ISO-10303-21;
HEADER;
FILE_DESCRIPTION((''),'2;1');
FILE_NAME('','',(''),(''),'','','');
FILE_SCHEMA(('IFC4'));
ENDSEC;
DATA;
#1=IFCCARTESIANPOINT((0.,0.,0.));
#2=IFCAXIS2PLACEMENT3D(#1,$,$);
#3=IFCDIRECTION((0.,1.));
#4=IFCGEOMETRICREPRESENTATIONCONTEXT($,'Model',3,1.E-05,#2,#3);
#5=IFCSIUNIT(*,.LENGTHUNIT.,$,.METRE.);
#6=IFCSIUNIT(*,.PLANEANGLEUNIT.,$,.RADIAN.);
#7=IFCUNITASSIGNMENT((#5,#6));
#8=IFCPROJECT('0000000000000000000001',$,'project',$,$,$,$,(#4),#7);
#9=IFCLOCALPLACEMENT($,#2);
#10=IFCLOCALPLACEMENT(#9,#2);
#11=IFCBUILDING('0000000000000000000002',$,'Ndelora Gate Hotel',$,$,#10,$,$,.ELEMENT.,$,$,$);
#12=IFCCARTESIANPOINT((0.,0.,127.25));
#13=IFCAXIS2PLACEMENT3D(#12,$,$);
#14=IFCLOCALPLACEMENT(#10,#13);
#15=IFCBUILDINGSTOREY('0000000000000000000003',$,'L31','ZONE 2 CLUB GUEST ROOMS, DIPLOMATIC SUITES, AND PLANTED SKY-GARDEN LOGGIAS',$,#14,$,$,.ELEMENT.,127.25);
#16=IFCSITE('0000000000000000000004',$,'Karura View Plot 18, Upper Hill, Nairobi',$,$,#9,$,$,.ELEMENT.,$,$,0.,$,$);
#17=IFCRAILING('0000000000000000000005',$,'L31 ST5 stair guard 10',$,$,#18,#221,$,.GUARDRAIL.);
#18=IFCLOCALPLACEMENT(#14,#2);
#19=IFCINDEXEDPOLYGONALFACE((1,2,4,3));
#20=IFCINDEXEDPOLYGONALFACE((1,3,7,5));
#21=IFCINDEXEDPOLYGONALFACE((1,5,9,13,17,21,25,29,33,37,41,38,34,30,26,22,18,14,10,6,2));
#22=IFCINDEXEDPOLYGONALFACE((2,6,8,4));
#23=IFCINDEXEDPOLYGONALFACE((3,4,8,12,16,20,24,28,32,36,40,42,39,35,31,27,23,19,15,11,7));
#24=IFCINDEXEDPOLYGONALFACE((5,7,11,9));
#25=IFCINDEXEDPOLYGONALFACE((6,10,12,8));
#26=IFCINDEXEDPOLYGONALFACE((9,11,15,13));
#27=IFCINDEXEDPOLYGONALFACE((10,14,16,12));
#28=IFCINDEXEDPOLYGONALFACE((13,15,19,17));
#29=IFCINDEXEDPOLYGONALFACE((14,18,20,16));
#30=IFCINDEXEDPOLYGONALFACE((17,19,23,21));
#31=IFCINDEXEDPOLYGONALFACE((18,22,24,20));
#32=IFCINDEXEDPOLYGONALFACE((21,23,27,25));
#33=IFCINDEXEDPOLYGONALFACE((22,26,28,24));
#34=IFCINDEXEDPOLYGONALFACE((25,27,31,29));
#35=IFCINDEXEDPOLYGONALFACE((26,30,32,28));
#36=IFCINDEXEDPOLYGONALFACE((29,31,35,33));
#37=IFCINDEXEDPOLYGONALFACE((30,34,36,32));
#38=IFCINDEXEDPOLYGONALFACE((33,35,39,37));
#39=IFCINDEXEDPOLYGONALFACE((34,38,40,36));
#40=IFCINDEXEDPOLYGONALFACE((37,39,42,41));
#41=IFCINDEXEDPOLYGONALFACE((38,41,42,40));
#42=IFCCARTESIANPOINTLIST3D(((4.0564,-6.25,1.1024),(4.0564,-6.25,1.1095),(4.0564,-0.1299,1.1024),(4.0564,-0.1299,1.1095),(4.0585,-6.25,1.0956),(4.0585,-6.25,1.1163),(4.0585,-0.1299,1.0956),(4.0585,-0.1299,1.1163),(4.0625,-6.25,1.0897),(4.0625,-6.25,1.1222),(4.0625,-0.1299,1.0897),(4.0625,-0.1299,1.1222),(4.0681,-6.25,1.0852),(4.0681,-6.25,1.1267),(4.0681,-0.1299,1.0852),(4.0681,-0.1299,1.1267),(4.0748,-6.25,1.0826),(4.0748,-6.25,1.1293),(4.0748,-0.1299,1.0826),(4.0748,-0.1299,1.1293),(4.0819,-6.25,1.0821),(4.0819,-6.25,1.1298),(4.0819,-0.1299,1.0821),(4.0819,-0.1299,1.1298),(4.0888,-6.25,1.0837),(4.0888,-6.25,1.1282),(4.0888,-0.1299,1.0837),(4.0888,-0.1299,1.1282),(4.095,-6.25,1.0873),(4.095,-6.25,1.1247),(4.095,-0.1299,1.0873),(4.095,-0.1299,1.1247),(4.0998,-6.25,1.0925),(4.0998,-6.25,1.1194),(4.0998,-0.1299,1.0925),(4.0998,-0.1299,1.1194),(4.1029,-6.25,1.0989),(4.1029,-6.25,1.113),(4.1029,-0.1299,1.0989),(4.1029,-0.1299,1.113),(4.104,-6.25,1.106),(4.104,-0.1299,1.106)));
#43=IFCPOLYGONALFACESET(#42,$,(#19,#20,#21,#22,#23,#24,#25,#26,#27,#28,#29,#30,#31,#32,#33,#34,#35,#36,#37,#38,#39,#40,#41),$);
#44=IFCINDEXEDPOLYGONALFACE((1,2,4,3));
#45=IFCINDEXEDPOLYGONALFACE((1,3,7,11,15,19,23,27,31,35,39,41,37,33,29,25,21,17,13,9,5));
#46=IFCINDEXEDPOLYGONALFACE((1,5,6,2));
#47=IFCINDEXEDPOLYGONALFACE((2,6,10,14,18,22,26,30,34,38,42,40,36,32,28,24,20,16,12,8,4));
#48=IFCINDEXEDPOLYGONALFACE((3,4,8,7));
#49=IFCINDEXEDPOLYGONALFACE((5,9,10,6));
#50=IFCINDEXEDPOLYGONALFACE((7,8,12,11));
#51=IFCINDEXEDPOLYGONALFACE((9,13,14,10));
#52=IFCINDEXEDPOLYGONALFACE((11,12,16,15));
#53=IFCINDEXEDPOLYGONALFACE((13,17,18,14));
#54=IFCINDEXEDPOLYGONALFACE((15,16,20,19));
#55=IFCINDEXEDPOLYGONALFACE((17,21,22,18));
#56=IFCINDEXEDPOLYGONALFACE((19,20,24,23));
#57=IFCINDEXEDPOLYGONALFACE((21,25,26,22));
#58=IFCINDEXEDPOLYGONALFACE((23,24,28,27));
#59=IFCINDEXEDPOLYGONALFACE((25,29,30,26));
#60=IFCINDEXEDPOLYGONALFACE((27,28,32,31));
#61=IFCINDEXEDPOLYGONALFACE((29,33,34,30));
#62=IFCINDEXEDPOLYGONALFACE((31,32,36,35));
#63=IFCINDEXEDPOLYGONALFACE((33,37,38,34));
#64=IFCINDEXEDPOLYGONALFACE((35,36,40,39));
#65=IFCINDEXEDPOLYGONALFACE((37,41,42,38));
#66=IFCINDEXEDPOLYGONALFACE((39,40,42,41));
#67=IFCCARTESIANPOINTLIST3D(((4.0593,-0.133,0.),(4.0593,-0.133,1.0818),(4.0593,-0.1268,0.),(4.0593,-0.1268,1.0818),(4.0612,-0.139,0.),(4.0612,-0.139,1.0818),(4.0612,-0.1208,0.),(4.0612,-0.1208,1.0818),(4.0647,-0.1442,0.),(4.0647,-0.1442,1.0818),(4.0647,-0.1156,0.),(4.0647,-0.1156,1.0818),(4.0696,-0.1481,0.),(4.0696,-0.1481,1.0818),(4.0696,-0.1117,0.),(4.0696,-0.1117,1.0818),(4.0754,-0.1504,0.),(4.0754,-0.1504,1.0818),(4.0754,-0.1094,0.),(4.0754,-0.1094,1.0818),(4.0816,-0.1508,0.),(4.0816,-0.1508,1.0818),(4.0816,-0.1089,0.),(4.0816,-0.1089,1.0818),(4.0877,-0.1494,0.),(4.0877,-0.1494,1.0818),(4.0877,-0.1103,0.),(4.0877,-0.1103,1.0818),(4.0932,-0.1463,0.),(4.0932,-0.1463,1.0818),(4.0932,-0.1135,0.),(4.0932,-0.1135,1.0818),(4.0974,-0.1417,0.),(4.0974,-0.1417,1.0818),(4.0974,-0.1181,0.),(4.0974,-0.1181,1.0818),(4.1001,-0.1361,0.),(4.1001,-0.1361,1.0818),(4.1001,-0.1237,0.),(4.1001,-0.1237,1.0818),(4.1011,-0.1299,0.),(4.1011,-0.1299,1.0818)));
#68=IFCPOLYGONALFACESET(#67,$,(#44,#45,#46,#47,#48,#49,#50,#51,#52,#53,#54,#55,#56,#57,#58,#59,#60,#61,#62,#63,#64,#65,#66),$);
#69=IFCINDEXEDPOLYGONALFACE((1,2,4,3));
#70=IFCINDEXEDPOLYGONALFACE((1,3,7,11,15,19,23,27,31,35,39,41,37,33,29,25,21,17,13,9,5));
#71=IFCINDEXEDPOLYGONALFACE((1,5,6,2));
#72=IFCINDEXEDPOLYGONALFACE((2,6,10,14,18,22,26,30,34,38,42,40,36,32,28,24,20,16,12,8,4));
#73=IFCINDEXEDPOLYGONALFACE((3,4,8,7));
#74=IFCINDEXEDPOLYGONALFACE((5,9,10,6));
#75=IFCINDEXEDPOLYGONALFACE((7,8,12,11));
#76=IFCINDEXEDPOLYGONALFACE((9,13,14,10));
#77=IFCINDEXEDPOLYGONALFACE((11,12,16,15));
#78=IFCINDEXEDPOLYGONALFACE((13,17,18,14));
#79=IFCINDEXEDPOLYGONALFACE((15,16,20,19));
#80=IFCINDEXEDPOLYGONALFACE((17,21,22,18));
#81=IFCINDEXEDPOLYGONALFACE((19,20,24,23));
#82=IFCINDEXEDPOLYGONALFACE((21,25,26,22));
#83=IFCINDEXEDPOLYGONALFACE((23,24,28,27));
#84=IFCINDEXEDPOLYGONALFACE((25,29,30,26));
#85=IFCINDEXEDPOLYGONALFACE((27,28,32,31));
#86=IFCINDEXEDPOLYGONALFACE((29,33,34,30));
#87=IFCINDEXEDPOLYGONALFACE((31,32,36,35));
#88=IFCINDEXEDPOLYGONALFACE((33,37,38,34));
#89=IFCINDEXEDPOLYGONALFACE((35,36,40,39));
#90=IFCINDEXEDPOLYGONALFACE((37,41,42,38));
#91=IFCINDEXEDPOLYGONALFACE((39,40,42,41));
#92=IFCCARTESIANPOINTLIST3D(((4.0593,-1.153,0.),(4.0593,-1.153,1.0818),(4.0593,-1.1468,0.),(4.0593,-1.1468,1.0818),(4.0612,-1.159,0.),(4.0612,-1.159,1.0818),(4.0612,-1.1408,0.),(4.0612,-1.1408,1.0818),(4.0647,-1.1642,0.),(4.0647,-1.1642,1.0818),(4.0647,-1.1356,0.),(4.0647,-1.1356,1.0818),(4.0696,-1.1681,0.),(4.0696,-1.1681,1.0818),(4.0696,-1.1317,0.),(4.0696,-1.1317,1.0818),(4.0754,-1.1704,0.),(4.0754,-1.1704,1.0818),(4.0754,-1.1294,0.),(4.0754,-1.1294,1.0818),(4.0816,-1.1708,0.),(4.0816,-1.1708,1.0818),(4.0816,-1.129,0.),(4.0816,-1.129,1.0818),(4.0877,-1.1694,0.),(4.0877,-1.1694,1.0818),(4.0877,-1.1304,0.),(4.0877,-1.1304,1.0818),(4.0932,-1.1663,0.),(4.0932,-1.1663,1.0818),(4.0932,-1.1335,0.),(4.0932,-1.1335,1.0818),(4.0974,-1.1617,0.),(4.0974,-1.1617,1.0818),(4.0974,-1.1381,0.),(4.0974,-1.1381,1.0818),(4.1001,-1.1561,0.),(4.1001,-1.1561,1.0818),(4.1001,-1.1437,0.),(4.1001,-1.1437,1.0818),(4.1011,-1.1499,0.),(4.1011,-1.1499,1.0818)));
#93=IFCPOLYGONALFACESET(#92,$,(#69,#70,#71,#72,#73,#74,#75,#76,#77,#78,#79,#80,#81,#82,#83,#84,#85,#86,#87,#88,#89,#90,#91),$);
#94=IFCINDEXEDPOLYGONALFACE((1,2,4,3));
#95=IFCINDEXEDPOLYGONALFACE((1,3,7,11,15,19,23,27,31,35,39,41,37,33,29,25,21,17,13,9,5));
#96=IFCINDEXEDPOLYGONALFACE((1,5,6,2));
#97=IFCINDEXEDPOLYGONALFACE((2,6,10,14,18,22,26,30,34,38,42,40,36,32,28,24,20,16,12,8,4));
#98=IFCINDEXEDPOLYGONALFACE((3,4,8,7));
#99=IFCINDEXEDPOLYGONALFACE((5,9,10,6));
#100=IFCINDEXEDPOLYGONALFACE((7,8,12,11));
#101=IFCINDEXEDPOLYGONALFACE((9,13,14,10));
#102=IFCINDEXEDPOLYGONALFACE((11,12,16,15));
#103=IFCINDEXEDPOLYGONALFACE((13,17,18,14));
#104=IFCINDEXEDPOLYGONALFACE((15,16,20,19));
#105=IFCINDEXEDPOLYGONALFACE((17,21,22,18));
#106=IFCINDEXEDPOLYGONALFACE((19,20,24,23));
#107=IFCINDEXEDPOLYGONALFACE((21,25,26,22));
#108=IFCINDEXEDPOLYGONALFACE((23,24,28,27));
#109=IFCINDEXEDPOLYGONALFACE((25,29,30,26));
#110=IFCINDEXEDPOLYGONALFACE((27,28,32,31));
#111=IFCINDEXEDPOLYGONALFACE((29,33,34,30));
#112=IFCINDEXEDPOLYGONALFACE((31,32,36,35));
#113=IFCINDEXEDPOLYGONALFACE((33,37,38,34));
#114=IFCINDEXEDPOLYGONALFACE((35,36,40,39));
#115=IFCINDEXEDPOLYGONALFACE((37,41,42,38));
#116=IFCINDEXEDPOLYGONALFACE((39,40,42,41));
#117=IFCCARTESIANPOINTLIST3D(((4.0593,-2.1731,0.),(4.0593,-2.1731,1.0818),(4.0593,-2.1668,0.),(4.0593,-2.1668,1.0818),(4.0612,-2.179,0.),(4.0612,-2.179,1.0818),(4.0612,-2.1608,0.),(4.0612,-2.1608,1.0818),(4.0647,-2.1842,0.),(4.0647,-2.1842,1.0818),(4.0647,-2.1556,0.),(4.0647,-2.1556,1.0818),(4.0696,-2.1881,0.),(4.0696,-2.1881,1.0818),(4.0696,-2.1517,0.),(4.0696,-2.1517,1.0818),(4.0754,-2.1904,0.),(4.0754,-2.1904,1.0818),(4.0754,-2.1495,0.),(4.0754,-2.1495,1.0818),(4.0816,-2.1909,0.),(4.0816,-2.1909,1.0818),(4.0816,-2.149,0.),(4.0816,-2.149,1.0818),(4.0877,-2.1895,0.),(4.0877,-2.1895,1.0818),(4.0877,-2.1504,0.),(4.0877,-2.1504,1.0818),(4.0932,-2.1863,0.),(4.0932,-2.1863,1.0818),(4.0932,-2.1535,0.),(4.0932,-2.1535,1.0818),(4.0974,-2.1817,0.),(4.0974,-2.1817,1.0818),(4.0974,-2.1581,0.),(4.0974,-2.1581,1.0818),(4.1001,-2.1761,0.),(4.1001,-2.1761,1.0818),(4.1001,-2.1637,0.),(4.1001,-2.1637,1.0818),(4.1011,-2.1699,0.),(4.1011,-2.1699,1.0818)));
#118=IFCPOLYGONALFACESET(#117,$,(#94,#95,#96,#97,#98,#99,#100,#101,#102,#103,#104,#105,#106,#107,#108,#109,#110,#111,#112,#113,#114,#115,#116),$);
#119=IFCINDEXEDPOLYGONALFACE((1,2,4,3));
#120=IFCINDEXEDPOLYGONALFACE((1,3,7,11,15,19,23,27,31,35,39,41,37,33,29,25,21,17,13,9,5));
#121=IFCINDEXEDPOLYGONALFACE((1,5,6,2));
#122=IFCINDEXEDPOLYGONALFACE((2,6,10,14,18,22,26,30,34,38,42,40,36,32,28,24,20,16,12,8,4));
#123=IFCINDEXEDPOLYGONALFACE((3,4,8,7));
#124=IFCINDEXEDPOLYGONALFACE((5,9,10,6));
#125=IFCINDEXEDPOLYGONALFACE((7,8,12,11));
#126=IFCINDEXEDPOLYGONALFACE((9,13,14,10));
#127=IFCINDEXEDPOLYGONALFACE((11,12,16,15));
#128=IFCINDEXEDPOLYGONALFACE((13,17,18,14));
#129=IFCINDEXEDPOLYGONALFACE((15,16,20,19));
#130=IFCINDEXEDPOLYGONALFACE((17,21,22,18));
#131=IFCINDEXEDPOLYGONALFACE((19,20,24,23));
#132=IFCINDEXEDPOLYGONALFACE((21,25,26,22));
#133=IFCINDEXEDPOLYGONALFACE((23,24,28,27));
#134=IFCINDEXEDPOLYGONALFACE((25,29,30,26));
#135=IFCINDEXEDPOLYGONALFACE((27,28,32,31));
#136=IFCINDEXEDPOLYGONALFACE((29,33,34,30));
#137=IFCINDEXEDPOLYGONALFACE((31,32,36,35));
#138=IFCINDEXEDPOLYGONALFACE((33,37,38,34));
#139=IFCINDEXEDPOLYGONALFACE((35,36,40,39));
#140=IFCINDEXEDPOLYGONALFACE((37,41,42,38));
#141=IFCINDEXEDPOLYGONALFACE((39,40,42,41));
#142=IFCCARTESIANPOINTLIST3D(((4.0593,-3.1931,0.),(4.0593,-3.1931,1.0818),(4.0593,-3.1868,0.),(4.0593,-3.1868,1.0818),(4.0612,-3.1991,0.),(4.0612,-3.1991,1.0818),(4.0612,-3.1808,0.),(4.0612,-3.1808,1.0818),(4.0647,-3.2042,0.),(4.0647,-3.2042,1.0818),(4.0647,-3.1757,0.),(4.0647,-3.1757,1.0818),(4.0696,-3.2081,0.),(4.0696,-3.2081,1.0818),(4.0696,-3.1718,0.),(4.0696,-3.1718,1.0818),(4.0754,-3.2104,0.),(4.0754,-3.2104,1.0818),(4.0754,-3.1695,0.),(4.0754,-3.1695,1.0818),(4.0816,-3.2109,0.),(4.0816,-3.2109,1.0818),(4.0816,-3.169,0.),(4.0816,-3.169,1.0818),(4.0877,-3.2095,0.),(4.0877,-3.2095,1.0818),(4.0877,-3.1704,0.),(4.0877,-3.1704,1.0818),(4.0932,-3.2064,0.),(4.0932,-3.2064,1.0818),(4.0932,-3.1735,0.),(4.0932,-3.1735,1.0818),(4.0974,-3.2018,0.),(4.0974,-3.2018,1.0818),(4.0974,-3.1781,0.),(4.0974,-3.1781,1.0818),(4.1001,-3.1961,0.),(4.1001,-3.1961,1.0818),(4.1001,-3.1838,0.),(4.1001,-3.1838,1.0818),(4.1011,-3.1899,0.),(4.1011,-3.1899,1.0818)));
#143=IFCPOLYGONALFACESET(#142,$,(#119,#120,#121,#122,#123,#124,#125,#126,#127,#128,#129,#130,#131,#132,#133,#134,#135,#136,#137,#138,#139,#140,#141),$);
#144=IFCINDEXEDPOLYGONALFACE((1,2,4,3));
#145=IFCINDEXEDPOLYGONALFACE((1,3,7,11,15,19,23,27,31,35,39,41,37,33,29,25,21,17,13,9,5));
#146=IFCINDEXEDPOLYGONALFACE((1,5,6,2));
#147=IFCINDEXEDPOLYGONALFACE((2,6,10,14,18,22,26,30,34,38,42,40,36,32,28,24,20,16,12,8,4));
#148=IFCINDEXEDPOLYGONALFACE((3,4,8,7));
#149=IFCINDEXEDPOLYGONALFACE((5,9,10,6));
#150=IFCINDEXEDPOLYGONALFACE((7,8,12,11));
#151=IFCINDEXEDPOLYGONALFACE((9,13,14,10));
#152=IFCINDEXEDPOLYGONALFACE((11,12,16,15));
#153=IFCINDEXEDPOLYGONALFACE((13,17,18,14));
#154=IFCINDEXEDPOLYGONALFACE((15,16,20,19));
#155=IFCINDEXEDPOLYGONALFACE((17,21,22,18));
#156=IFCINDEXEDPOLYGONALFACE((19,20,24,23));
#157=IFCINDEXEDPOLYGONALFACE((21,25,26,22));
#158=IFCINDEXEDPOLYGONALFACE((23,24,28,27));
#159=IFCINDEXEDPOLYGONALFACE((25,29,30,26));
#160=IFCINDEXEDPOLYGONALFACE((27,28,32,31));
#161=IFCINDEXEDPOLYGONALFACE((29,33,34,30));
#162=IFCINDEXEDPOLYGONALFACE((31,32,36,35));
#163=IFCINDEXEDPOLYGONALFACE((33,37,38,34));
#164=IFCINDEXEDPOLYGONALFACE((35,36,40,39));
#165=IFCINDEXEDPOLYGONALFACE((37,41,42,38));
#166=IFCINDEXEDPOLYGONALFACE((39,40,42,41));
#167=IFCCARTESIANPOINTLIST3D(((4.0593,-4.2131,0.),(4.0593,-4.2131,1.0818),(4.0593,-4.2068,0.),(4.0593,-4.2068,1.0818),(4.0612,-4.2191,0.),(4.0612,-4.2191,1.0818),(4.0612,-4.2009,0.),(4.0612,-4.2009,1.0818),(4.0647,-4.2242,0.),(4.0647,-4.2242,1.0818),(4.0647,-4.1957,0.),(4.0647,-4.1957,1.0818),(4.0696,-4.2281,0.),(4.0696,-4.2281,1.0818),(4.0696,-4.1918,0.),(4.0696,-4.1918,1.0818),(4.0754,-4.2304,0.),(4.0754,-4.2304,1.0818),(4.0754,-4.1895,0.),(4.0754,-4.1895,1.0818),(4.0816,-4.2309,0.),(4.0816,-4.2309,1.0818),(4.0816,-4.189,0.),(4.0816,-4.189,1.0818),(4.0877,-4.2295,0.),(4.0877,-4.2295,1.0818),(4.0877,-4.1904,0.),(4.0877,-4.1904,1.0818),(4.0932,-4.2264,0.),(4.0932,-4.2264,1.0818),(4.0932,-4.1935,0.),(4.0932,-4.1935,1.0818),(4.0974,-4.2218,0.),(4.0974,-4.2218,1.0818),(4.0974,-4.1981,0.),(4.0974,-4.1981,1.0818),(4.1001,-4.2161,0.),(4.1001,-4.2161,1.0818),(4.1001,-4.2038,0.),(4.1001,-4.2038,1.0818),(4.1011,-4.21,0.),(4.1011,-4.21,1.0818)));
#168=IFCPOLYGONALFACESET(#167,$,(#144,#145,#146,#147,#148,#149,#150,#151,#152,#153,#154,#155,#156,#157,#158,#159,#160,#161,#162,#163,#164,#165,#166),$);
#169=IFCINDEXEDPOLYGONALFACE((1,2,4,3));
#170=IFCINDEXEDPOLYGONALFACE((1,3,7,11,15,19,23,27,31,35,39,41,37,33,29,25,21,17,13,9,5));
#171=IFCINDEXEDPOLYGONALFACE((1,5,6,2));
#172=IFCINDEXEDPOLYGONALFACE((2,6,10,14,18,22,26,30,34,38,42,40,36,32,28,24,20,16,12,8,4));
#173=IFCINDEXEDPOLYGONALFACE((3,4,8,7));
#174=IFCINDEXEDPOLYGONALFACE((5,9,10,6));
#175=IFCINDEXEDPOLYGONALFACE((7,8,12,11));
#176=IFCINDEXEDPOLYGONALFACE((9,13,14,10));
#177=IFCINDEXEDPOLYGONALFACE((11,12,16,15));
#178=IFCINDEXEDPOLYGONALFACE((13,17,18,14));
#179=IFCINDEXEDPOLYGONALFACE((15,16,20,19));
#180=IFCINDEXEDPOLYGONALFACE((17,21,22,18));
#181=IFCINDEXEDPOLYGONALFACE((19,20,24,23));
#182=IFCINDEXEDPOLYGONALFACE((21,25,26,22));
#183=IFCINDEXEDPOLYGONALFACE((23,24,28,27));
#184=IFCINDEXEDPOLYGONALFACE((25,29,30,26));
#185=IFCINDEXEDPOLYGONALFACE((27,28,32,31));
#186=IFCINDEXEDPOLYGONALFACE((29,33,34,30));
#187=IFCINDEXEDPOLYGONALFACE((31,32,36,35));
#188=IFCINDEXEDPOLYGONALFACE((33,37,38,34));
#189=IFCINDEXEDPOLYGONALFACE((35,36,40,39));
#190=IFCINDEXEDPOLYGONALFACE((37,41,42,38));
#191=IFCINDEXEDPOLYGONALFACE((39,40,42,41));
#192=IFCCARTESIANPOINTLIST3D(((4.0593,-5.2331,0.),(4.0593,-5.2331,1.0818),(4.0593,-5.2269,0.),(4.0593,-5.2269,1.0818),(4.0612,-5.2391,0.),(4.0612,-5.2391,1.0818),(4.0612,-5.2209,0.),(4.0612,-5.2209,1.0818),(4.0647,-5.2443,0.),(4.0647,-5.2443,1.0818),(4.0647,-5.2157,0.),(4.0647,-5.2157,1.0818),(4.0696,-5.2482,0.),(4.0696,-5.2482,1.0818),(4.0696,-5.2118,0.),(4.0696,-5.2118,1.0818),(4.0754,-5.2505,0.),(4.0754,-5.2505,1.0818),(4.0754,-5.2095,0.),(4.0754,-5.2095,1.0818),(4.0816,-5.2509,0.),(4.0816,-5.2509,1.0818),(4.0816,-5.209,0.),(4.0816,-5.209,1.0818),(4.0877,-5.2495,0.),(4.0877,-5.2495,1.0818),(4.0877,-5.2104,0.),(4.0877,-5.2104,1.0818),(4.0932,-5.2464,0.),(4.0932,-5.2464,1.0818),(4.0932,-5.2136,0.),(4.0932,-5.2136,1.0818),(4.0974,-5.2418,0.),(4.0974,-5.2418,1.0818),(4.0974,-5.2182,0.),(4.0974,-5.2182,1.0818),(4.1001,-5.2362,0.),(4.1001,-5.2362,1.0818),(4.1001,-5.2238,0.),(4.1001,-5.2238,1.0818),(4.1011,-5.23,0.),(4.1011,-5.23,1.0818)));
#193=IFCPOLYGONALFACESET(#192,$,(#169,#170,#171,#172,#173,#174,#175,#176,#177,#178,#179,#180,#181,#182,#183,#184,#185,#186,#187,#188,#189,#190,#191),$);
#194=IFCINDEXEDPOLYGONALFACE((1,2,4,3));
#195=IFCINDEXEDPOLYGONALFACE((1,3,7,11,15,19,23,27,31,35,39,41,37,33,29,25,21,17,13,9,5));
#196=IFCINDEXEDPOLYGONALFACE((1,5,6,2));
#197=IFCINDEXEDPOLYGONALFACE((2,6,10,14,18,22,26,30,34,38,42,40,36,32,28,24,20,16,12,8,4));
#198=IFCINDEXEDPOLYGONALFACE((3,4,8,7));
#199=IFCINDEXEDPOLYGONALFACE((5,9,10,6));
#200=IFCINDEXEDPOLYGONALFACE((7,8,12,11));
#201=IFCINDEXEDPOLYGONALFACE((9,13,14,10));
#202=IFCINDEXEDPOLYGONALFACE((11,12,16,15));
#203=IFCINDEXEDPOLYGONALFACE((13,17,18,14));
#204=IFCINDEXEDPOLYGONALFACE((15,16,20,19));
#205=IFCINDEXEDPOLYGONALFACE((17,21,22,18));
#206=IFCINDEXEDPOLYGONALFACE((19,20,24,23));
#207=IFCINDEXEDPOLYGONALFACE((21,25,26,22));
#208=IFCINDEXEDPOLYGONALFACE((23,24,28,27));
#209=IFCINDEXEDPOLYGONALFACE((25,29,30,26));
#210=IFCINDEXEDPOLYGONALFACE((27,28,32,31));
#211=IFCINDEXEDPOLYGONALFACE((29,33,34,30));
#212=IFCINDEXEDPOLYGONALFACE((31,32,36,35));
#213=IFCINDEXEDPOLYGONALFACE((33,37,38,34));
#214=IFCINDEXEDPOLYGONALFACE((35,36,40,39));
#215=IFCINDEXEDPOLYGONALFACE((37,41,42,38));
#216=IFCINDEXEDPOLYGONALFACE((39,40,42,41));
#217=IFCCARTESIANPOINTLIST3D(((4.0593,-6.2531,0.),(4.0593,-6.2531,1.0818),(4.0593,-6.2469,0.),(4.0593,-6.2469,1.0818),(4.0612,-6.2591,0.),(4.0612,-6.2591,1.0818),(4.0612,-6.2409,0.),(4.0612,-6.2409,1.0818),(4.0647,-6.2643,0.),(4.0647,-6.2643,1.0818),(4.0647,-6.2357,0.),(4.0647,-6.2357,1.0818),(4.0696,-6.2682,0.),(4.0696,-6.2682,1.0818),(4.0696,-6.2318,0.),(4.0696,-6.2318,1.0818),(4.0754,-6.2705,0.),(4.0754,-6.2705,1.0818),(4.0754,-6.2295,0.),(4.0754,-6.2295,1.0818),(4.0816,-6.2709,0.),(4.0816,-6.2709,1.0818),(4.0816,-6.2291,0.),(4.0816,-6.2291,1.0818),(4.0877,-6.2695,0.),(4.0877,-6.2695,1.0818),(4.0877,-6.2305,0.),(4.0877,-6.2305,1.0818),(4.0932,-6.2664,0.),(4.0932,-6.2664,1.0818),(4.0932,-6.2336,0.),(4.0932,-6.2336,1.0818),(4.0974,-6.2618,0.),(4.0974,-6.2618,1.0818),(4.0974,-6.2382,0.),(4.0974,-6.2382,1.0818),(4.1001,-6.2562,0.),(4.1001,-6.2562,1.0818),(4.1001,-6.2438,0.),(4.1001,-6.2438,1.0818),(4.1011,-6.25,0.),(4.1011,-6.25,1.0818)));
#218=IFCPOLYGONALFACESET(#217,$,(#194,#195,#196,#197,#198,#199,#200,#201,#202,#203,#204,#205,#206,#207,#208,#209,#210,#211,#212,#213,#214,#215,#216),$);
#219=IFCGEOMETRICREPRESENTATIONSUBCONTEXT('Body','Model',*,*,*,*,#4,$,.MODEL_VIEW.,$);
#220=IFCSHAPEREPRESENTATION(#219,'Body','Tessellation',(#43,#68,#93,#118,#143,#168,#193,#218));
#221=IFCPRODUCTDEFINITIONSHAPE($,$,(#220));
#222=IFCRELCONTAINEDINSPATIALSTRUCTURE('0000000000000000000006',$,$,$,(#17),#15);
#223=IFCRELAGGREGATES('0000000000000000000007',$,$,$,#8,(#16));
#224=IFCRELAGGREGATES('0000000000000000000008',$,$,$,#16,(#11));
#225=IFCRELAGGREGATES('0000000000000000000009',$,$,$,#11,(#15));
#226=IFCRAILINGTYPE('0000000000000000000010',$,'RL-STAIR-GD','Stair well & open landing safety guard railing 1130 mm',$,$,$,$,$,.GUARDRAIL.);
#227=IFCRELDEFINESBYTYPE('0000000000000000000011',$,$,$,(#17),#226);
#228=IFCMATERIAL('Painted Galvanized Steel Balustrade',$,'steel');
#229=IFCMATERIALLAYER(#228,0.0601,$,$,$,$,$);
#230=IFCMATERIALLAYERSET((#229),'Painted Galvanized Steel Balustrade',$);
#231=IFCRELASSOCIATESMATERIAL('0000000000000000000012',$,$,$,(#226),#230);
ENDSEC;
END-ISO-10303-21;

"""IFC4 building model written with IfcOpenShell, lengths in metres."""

from ifc_helpers import new_model, si_unit, direction, frame, origin, origin_2d, place, context, subcontext, project, spatial, circle, extrude, material, layer, layer_set, type_object, element, save


model = new_model("IFC4")

# Units and contexts
model_context = context("Model", 3, precision=1e-05, world=origin(), true_north=direction((0.0, 1.0)))
body_context = subcontext(model_context, "Body", "Model", "MODEL_VIEW")
ifc_project = project(units=[si_unit("LENGTHUNIT", "METRE"), si_unit("PLANEANGLEUNIT", "RADIAN")], contexts=[model_context])

# Site, building, storey
site_placement = place(None, origin())
site = spatial("IfcSite", under=ifc_project, at=site_placement, Name="Karura View Plot 18, Upper Hill, Nairobi", CompositionType="ELEMENT", RefElevation=0.0)
building_placement = place(site_placement, origin())
building = spatial("IfcBuilding", under=site, at=building_placement, Name="Ndelora Gate Hotel", CompositionType="ELEMENT")
storey_placement = place(building_placement, frame((0.0, 0.0, 127.25)))
storey = spatial("IfcBuildingStorey", under=building, at=storey_placement, Name="L31", Description="ZONE 2 CLUB GUEST ROOMS, DIPLOMATIC SUITES, AND PLANTED SKY-GARDEN LOGGIAS", CompositionType="ELEMENT", Elevation=127.25)

# Railing
ifc_material_1 = material(Name="Painted Galvanized Steel Balustrade", Category="steel")
ifc_layer_1 = layer(ifc_material_1, 0.0601)
ifc_layer_set_1 = layer_set([ifc_layer_1], Name="Painted Galvanized Steel Balustrade")
railing_type_1 = type_object("IfcRailingType", Name="RL-STAIR-GD", Description="Stair well & open landing safety guard railing 1130 mm", PredefinedType="GUARDRAIL", material=ifc_layer_set_1)
railing_1_placement = place(storey_placement, frame((4.0801, -0.1299, 0.0)))
element("IfcRailing", 1, at=railing_1_placement, inside=storey, type_object=railing_type_1, Name="L31 ST5 stair guard 10", PredefinedType="GUARDRAIL", context=body_context, shape_type="SweptSolid", body=[
    extrude(circle(Radius=0.0239, at=origin_2d()), frame((0.0, 0.0, 1.106), z_axis=(0.0, -1.0, 0.0), x_axis=(1.0, 0.0, 0.0)), (0.0, 0.0, 1.0), 6.1201),
    extrude(circle(Radius=0.021, at=origin_2d()), origin(), (0.0, 0.0, 1.0), 1.0818),
    extrude(circle(Radius=0.021, at=origin_2d()), frame((0.0, -1.02, 0.0)), (0.0, 0.0, 1.0), 1.0818),
    extrude(circle(Radius=0.021, at=origin_2d()), frame((0.0, -2.04, 0.0)), (0.0, 0.0, 1.0), 1.0818),
    extrude(circle(Radius=0.021, at=origin_2d()), frame((0.0, -3.0601, 0.0)), (0.0, 0.0, 1.0), 1.0818),
    extrude(circle(Radius=0.021, at=origin_2d()), frame((0.0, -4.0801, 0.0)), (0.0, 0.0, 1.0), 1.0818),
    extrude(circle(Radius=0.021, at=origin_2d()), frame((0.0, -5.1001, 0.0)), (0.0, 0.0, 1.0), 1.0818),
    extrude(circle(Radius=0.021, at=origin_2d()), frame((0.0, -6.1201, 0.0)), (0.0, 0.0, 1.0), 1.0818),
])

save(model, "model.ifc")
